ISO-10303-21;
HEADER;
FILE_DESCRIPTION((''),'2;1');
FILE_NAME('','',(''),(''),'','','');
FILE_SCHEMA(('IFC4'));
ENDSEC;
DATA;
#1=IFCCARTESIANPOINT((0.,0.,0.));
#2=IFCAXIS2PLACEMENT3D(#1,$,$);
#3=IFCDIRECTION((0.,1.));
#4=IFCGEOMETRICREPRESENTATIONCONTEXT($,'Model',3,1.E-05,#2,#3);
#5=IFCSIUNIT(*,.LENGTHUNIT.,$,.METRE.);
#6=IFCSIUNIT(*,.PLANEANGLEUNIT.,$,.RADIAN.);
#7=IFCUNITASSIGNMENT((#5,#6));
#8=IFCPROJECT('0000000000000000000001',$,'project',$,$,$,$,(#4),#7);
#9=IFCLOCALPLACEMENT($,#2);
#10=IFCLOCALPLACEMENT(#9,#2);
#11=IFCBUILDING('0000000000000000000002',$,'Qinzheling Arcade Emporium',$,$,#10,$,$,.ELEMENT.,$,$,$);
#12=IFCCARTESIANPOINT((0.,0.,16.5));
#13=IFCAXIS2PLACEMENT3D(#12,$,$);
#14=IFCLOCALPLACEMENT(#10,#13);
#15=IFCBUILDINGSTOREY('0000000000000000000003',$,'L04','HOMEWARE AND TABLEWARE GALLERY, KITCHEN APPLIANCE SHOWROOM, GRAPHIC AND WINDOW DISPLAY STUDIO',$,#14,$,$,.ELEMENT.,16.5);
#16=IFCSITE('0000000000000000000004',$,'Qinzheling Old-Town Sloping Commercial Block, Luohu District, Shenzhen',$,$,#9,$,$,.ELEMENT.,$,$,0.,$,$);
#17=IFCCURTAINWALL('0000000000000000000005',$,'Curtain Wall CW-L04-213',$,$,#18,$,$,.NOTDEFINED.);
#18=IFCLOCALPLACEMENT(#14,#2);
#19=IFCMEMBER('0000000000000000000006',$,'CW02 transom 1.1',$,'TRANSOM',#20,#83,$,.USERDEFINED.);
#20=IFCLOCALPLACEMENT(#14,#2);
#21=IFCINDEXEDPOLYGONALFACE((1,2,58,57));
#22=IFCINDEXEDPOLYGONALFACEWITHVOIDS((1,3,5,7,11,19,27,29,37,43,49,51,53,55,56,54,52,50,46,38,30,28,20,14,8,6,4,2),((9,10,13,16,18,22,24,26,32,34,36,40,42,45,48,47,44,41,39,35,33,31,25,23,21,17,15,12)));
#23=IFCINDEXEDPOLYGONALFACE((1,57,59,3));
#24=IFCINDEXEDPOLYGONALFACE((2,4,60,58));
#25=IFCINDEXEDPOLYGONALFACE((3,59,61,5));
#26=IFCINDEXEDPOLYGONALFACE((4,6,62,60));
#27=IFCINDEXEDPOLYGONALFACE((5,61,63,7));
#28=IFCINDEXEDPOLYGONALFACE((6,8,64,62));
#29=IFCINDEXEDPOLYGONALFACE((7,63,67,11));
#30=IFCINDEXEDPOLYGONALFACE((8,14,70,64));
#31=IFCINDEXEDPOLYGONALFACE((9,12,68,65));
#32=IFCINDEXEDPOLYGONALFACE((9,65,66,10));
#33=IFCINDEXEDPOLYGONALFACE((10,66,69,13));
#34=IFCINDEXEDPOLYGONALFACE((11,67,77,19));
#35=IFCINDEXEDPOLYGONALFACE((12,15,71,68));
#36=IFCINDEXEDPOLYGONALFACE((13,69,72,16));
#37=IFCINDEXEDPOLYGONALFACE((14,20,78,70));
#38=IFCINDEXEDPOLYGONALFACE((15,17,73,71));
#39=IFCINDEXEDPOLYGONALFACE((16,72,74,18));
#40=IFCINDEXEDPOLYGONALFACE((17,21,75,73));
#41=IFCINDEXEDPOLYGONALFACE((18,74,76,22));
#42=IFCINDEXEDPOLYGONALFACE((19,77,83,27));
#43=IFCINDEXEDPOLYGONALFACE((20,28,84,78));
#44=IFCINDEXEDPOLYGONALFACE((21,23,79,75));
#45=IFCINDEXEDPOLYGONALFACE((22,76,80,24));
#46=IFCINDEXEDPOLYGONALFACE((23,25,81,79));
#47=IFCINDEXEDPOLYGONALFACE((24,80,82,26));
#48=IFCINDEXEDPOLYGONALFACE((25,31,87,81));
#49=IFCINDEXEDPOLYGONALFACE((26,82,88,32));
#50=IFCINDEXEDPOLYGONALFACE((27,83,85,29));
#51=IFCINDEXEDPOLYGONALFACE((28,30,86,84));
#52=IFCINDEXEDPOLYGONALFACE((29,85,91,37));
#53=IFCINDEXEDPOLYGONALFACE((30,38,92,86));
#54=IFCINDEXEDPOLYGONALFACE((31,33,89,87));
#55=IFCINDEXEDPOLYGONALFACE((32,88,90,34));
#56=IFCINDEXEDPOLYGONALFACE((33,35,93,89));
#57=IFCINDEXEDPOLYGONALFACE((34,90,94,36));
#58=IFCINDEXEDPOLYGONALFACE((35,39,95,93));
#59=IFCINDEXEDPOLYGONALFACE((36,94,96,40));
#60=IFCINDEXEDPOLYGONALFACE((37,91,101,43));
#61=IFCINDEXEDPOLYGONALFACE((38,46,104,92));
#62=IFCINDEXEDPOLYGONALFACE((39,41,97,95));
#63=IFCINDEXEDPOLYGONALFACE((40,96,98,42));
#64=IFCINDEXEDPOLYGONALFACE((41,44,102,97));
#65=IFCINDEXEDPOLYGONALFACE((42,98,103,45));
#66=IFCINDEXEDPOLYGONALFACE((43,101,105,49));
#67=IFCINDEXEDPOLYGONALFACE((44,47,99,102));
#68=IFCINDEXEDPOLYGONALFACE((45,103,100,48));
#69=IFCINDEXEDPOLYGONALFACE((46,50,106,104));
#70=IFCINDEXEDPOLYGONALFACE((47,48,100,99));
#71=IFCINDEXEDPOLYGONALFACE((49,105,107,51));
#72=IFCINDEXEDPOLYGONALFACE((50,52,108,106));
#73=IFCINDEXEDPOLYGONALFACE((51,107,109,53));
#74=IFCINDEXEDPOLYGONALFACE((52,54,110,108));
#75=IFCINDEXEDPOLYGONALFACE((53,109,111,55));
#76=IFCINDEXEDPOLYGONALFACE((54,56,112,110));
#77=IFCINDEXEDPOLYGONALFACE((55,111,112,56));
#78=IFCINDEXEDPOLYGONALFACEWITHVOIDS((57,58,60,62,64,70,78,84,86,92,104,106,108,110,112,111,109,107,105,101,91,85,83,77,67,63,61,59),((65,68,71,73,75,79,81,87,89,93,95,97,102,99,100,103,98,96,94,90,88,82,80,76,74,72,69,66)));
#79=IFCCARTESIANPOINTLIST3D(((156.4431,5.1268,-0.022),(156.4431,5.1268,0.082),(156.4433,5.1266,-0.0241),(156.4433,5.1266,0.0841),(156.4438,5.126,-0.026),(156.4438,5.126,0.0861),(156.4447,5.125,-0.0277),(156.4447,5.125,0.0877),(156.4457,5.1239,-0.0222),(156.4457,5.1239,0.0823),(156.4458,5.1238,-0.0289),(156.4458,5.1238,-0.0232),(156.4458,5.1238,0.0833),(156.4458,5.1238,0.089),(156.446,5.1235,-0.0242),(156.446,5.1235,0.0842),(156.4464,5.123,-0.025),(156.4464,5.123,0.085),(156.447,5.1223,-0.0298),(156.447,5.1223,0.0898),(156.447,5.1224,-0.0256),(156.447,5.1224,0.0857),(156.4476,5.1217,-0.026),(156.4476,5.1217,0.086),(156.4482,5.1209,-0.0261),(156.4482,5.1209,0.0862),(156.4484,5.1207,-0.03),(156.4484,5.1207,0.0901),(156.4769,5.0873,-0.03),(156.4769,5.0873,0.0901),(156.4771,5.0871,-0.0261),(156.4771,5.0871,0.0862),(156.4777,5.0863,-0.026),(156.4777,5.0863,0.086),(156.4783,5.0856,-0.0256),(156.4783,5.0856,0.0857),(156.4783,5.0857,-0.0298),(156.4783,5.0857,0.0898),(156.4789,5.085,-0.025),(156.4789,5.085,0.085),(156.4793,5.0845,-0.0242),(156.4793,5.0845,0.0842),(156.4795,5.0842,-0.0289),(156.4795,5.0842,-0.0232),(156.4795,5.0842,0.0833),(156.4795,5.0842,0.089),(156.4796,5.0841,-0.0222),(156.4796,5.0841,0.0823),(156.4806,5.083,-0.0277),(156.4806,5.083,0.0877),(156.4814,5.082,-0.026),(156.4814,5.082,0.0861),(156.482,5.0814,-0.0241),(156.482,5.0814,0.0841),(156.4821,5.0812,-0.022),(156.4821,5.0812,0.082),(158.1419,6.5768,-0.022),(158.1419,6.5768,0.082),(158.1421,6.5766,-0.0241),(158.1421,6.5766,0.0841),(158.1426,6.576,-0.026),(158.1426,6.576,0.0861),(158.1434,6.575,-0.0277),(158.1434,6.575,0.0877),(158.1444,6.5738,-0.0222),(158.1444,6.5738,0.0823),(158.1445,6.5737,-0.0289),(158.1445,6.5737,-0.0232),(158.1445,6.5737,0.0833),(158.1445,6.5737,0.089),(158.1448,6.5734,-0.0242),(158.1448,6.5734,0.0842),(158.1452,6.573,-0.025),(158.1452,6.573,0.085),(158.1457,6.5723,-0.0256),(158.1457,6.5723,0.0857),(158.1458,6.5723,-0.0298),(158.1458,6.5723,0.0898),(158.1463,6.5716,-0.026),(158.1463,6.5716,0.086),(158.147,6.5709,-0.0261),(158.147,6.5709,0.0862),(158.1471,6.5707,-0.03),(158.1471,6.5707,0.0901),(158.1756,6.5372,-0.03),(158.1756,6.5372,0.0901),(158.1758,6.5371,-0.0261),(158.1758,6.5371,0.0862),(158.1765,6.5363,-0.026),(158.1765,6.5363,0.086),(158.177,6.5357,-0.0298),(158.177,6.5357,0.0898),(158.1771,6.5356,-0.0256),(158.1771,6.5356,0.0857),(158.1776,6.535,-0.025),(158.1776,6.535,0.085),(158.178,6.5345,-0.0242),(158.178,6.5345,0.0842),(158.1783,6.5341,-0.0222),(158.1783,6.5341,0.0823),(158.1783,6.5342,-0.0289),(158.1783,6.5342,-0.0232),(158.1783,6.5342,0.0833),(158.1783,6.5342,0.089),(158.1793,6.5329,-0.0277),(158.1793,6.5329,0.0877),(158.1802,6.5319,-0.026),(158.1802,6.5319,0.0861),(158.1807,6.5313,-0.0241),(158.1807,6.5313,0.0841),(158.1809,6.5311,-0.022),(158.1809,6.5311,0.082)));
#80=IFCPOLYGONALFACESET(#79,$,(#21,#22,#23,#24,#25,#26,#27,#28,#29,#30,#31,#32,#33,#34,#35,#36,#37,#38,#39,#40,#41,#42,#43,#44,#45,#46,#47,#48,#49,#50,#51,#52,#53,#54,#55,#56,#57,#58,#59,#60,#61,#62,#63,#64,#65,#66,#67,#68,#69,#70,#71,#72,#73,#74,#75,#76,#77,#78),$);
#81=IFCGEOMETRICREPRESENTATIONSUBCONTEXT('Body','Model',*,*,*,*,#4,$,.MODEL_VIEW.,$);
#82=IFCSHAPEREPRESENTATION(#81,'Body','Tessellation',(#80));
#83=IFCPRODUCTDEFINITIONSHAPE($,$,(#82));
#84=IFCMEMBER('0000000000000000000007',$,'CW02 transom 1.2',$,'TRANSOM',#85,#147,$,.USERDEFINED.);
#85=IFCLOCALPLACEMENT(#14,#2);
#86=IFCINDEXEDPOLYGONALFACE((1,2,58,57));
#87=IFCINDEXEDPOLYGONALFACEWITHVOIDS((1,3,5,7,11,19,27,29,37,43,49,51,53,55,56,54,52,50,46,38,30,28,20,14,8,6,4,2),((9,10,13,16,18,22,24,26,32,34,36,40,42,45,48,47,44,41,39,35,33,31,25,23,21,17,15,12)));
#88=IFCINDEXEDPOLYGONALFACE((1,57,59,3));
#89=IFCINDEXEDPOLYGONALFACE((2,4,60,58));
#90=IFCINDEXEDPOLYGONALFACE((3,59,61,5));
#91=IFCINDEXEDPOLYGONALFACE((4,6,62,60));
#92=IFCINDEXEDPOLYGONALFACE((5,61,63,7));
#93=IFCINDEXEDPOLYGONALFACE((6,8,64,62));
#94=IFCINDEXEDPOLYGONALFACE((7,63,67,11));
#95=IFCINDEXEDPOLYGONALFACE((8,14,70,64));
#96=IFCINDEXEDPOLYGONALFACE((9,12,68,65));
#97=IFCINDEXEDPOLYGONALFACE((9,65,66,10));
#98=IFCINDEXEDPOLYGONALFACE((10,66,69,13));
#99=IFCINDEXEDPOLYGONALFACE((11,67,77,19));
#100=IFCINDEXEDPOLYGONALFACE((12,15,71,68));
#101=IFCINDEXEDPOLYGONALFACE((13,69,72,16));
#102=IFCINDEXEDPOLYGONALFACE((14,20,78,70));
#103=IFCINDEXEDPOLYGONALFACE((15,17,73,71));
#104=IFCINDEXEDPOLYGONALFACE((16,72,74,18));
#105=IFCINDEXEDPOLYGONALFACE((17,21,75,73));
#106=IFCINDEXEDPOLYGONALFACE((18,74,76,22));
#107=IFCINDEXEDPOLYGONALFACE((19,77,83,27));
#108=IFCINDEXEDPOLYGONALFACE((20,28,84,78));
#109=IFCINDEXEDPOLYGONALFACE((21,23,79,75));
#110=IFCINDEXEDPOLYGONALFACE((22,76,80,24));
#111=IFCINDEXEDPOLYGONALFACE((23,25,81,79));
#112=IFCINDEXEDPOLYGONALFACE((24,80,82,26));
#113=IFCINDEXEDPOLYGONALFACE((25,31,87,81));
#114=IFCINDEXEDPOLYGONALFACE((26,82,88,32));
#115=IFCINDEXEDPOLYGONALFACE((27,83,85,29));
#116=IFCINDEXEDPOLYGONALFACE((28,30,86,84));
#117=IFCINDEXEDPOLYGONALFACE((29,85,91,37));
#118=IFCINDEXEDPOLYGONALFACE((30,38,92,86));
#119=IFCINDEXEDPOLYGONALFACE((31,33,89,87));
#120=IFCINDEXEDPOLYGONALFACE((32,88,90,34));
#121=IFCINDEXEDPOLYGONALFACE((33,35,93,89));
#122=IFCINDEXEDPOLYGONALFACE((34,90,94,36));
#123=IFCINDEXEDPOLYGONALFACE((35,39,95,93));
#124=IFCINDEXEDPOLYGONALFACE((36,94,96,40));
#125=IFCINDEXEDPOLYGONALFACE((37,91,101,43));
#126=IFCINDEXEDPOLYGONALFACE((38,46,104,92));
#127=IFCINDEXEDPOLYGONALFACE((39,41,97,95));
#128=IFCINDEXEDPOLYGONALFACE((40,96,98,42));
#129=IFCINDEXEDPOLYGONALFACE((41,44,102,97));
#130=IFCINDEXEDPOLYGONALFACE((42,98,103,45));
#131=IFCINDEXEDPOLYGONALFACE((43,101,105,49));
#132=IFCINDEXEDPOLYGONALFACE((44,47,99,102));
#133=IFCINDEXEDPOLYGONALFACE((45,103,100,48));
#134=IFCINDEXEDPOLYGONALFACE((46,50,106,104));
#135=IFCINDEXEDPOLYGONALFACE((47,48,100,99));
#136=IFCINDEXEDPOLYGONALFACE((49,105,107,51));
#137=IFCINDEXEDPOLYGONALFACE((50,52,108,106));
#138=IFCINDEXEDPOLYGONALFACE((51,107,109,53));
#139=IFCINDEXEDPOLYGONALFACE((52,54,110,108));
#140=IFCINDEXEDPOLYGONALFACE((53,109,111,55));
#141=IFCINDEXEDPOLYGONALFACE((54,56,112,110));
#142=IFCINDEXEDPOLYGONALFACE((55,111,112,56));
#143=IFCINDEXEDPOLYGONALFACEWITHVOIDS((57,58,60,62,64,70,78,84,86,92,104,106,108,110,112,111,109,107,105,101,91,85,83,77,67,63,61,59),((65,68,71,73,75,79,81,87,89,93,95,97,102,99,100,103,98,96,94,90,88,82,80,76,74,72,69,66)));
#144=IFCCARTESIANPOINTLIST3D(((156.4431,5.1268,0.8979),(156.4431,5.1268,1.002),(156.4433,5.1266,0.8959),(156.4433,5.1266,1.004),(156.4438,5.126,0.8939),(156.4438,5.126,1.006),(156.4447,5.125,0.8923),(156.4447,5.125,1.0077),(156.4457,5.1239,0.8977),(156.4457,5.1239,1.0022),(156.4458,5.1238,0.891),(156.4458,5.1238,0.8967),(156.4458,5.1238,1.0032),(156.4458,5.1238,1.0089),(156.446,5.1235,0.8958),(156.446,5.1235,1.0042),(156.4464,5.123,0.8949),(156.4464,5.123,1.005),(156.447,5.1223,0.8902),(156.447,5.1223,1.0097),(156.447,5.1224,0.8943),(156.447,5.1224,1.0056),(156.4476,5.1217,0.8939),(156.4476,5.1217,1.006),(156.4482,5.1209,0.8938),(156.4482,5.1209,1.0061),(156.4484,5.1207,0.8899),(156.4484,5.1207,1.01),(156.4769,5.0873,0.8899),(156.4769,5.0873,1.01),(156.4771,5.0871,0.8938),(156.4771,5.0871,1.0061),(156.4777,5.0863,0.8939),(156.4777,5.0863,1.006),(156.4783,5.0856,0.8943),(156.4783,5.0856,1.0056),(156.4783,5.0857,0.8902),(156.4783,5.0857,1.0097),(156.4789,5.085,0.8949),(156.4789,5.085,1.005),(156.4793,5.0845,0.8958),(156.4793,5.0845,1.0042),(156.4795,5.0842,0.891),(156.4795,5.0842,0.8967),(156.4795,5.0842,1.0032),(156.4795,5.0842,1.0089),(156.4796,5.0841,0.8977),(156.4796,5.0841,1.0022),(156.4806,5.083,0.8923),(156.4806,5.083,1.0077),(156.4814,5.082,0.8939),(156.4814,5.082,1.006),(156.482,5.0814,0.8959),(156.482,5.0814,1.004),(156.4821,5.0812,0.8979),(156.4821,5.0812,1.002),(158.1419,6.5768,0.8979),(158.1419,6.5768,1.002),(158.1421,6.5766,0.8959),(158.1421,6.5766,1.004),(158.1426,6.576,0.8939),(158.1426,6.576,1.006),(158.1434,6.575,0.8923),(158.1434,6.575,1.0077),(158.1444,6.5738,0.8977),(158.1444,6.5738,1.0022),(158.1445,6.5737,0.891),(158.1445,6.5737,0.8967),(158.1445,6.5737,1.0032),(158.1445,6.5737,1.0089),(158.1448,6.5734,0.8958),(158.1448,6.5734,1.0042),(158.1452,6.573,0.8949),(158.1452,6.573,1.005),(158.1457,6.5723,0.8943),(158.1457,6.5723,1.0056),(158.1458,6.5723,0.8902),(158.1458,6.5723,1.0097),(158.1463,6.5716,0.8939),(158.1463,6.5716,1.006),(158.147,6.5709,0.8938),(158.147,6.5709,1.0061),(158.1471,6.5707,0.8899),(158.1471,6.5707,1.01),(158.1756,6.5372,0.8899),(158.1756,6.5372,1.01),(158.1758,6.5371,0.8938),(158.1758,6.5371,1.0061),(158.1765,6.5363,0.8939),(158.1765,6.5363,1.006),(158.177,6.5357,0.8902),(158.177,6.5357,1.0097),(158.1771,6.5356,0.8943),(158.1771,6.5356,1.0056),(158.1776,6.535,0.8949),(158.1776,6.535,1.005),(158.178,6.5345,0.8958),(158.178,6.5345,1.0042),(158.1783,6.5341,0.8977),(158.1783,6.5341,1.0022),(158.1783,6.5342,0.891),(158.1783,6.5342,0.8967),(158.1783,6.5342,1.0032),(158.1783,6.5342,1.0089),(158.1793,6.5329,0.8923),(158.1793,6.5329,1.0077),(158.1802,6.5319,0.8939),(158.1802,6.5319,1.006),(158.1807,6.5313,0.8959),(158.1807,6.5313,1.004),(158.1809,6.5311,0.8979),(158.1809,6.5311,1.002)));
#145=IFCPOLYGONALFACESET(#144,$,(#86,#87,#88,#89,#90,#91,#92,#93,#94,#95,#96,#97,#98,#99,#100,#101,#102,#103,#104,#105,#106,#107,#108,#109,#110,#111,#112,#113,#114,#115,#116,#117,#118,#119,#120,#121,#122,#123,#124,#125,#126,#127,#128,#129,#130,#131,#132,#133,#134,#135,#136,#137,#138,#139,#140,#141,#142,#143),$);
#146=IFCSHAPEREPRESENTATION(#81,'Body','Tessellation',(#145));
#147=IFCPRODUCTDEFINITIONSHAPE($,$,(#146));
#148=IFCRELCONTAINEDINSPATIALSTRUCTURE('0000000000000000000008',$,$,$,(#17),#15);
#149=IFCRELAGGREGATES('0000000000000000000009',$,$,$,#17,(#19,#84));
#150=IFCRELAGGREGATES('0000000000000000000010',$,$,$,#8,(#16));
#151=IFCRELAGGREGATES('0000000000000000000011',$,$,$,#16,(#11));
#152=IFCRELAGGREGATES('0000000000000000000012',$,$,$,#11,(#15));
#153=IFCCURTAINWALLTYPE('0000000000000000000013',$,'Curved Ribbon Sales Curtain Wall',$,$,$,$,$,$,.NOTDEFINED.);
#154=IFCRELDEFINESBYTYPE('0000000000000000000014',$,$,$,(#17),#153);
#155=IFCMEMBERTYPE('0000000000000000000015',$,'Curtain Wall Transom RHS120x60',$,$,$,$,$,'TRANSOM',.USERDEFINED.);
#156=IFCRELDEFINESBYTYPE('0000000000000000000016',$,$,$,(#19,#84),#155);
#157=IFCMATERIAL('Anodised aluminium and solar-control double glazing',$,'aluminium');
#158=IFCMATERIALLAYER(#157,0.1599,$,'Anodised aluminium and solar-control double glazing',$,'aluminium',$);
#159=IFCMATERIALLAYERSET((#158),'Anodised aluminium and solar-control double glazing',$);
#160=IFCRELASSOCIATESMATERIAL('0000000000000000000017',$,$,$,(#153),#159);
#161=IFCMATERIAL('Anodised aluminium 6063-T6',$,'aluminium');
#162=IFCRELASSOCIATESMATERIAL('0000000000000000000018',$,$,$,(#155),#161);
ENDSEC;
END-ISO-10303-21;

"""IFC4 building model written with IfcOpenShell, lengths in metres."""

from ifc_helpers import new_model, si_unit, direction, frame, origin, origin_2d, place, context, subcontext, project, spatial, hollow_rectangle, extrude, material, layer, layer_set, material_profile, profile_set, type_object, element, aggregate, save


model = new_model("IFC4")

# Units and contexts
model_context = context("Model", 3, precision=1e-05, world=origin(), true_north=direction((0.0, 1.0)))
body_context = subcontext(model_context, "Body", "Model", "MODEL_VIEW")
ifc_project = project(units=[si_unit("LENGTHUNIT", "METRE"), si_unit("PLANEANGLEUNIT", "RADIAN")], contexts=[model_context])

# Site, building, storey
site_placement = place(None, origin())
site = spatial("IfcSite", under=ifc_project, at=site_placement, Name="Qinzheling Old-Town Sloping Commercial Block, Luohu District, Shenzhen", CompositionType="ELEMENT", RefElevation=0.0)
building_placement = place(site_placement, origin())
building = spatial("IfcBuilding", under=site, at=building_placement, Name="Qinzheling Arcade Emporium", CompositionType="ELEMENT")
storey_placement = place(building_placement, frame((0.0, 0.0, 16.5)))
storey = spatial("IfcBuildingStorey", under=building, at=storey_placement, Name="L04", Description="HOMEWARE AND TABLEWARE GALLERY, KITCHEN APPLIANCE SHOWROOM, GRAPHIC AND WINDOW DISPLAY STUDIO", CompositionType="ELEMENT", Elevation=16.5)

# Shared definitions
ifc_material_1 = material(Name="Anodised aluminium and solar-control double glazing", Category="aluminium")
ifc_layer_1 = layer(ifc_material_1, 0.1599, Name="Anodised aluminium and solar-control double glazing", Category="aluminium")
ifc_layer_set_1 = layer_set([ifc_layer_1], Name="Anodised aluminium and solar-control double glazing")
curtain_wall_type = type_object("IfcCurtainWallType", Name="Curved Ribbon Sales Curtain Wall", PredefinedType="NOTDEFINED", material=ifc_layer_set_1)
ifc_material_2 = material(Name="Anodised aluminium 6063-T6", Category="aluminium")

# Curtain wall
curtain_wall_1_placement = place(storey_placement, origin())
curtain_wall_1 = element("IfcCurtainWall", 1, at=curtain_wall_1_placement, inside=storey, type_object=curtain_wall_type, Name="Curtain Wall CW-L04-213", PredefinedType="NOTDEFINED")

# Members
ifc_material_profile_1 = material_profile(ifc_material_2, hollow_rectangle(XDim=0.0601, YDim=0.1201, WallThickness=0.0039, InnerFilletRadius=0.0039, OuterFilletRadius=0.0081, at=origin_2d()), Name="RHS 120x60x4", Category="aluminium")
ifc_profile_set_1 = profile_set([ifc_material_profile_1], Name="Anodised aluminium 6063-T6")
member_type_1 = type_object("IfcMemberType", Name="Curtain Wall Transom RHS120x60", ElementType="TRANSOM", PredefinedType="USERDEFINED", material=ifc_profile_set_1)
member_1_placement = place(storey_placement, frame((158.1614, 6.554, 0.03), z_axis=(-0.760605, -0.649215, 0.0), x_axis=(0.649215, -0.760605, 0.0)))
member_1 = element("IfcMember", 2, at=member_1_placement, type_object=member_type_1, Name="CW02 transom 1.1", ObjectType="TRANSOM", PredefinedType="USERDEFINED", context=body_context, shape_type="SweptSolid", body=[
    extrude(hollow_rectangle(XDim=0.0601, YDim=0.1201, WallThickness=0.0039, InnerFilletRadius=0.0039, OuterFilletRadius=0.0081, at=origin_2d()), origin(), (0.0, 0.0, 1.0), 2.2334),
])
member_2_placement = place(storey_placement, frame((158.1614, 6.554, 0.95), z_axis=(-0.760605, -0.649215, 0.0), x_axis=(0.649215, -0.760605, 0.0)))
member_2 = element("IfcMember", 3, at=member_2_placement, type_object=member_type_1, Name="CW02 transom 1.2", ObjectType="TRANSOM", PredefinedType="USERDEFINED", context=body_context, shape_type="SweptSolid", body=[
    extrude(hollow_rectangle(XDim=0.0601, YDim=0.1201, WallThickness=0.0039, InnerFilletRadius=0.0039, OuterFilletRadius=0.0081, at=origin_2d()), origin(), (0.0, 0.0, 1.0), 2.2334),
])

aggregate(curtain_wall_1, [member_1, member_2])

save(model, "model.ifc")
